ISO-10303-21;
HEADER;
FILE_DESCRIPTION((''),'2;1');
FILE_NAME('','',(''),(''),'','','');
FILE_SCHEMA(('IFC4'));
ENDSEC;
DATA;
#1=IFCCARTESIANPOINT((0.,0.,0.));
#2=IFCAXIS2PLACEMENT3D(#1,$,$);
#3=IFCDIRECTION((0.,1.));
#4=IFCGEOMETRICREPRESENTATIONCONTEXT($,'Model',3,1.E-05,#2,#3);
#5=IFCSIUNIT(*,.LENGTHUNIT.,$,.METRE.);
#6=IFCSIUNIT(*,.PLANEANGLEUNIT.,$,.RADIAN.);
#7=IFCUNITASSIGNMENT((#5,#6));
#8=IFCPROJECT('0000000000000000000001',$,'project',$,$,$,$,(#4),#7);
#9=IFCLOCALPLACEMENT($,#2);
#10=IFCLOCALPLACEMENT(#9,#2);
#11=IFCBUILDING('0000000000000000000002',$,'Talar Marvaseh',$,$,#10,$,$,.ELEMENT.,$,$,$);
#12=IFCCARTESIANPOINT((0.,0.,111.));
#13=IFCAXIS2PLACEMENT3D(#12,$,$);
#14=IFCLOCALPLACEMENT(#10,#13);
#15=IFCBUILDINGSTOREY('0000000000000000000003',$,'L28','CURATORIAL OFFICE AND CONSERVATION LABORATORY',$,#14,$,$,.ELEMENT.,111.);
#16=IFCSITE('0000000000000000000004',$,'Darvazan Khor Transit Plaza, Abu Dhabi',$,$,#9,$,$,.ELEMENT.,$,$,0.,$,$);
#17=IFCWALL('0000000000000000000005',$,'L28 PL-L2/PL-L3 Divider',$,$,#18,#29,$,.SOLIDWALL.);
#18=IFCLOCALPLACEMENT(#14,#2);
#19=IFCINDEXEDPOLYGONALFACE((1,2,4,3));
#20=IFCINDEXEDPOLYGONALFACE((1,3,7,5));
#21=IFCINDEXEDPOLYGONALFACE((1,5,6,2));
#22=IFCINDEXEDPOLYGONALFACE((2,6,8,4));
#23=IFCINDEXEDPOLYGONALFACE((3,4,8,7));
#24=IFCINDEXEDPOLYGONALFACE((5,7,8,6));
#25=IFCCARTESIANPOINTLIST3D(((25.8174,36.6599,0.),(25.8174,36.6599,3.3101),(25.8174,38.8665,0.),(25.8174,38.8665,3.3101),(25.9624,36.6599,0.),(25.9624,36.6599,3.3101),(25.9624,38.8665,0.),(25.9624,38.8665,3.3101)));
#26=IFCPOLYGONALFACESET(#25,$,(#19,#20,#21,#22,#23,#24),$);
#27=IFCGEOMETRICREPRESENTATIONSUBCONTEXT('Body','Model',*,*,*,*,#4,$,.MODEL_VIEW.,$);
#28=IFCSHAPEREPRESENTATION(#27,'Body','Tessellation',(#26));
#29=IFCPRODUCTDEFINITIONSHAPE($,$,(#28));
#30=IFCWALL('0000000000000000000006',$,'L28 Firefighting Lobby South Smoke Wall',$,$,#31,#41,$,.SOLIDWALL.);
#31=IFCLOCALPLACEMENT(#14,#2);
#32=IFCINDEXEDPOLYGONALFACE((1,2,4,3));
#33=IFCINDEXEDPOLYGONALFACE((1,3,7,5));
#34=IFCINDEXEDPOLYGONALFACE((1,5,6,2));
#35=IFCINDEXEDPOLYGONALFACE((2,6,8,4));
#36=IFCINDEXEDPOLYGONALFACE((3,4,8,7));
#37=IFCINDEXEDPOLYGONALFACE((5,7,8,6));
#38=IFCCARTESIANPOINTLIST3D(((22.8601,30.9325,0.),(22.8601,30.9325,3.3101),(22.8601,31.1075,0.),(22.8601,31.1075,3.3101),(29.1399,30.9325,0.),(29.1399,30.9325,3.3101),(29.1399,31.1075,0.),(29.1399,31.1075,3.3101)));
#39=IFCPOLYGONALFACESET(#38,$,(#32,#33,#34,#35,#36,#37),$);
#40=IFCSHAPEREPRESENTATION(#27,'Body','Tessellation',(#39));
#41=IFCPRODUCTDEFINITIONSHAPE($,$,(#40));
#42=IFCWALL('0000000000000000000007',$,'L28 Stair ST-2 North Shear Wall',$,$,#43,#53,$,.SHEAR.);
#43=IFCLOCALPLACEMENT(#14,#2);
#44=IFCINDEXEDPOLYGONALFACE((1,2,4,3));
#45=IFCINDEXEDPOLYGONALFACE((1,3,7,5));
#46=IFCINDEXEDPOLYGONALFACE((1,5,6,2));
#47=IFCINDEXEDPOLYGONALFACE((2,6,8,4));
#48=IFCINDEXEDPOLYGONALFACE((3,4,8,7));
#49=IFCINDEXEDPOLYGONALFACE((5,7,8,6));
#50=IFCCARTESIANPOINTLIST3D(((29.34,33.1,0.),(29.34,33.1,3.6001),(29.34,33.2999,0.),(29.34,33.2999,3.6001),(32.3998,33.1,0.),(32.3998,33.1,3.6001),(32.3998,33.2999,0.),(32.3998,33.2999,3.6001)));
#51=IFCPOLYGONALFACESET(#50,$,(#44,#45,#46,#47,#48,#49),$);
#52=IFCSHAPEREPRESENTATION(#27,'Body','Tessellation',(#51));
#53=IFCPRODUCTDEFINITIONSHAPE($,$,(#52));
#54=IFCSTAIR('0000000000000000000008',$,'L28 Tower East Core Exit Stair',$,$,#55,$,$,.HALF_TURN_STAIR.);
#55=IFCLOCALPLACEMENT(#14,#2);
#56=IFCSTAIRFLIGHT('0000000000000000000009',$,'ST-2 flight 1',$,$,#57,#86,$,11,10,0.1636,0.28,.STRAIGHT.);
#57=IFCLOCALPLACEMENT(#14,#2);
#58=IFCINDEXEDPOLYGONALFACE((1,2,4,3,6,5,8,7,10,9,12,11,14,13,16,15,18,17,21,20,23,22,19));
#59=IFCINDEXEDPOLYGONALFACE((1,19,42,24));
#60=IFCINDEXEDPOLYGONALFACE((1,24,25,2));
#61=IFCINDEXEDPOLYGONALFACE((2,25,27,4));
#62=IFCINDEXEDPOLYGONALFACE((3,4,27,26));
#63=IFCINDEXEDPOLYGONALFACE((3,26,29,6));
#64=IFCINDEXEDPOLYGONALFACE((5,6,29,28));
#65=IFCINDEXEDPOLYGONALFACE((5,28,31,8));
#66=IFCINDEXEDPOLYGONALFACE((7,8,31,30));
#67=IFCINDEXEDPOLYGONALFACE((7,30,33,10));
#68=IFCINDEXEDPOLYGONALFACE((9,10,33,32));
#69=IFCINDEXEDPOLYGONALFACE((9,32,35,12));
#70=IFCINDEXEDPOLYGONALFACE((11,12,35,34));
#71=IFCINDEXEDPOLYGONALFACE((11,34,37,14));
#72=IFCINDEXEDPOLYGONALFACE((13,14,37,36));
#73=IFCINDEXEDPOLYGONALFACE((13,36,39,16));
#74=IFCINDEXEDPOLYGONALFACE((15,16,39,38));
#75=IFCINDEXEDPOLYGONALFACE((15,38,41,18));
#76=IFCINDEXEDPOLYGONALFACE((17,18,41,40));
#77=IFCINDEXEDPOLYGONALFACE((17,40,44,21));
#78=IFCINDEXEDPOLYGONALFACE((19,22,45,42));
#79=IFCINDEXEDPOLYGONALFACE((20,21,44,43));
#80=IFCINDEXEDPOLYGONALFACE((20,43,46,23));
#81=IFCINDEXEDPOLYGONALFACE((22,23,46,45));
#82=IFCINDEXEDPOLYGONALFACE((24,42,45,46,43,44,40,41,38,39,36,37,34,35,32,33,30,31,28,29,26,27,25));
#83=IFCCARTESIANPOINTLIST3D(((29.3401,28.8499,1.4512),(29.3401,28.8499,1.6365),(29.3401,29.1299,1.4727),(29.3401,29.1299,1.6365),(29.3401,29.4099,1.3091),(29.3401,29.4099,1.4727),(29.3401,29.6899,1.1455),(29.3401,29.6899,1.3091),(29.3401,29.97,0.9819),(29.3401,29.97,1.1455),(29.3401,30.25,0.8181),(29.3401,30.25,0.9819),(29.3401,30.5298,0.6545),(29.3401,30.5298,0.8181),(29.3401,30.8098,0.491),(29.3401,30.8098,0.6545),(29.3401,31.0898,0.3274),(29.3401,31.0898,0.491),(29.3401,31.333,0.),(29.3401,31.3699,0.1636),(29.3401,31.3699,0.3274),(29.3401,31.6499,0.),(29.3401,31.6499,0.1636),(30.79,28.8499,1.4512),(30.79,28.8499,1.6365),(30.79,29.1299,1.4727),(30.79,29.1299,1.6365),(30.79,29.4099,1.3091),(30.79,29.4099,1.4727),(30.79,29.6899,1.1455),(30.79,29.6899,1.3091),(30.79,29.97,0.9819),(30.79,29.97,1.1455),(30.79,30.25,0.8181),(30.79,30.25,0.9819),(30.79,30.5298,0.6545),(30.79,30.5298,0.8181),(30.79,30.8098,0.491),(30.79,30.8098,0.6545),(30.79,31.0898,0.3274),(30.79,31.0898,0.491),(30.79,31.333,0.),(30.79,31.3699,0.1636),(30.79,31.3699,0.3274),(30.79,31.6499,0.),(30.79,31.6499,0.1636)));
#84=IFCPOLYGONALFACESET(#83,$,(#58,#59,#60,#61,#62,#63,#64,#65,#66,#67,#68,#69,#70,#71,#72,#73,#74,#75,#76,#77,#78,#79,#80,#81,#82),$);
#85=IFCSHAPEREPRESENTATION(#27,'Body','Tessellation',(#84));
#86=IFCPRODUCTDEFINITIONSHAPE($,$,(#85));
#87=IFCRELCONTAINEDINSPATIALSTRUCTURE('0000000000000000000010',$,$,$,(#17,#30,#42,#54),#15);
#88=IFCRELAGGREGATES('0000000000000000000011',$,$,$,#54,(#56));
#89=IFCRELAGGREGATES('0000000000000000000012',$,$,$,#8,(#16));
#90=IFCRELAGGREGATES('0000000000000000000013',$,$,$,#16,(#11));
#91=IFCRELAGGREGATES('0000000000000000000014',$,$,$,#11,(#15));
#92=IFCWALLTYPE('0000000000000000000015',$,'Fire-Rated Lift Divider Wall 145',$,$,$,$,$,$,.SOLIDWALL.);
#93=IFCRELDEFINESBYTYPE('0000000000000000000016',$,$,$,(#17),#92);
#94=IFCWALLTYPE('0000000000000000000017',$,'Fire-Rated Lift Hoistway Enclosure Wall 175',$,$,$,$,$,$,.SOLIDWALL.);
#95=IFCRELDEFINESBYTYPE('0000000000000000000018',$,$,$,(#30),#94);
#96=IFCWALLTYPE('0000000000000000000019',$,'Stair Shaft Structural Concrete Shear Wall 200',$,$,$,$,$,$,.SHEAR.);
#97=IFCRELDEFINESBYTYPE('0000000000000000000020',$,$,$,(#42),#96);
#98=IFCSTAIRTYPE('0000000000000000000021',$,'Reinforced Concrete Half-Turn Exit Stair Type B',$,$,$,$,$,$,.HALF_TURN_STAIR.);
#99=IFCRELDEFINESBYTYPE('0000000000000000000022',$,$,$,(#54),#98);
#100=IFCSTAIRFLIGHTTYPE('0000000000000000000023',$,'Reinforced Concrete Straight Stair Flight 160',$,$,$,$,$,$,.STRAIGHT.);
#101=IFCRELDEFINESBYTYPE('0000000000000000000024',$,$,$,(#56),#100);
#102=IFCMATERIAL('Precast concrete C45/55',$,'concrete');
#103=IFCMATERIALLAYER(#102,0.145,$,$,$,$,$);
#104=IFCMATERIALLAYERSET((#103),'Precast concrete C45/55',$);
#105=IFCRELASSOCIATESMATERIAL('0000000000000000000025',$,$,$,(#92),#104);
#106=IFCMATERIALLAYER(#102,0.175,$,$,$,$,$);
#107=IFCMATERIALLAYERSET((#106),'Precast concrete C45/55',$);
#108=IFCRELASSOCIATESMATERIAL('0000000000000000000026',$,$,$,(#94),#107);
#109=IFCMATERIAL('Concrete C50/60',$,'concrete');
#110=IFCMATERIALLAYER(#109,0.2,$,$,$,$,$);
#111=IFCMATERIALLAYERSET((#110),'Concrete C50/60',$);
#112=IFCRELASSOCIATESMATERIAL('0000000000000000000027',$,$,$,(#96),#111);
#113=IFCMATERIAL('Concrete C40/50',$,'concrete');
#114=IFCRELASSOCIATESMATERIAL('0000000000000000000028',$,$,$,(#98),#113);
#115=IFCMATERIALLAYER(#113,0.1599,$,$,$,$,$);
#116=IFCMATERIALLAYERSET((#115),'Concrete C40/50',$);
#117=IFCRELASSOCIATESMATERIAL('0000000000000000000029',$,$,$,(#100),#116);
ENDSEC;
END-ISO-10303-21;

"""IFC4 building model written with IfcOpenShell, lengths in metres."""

from ifc_helpers import new_model, si_unit, direction, frame, frame_2d, origin, place, context, subcontext, project, spatial, polyline, rectangle, outline, extrude, material, layer, layer_set, type_object, element, aggregate, save


model = new_model("IFC4")

# Units and contexts
model_context = context("Model", 3, precision=1e-05, world=origin(), true_north=direction((0.0, 1.0)))
body_context = subcontext(model_context, "Body", "Model", "MODEL_VIEW")
ifc_project = project(units=[si_unit("LENGTHUNIT", "METRE"), si_unit("PLANEANGLEUNIT", "RADIAN")], contexts=[model_context])

# Site, building, storey
site_placement = place(None, origin())
site = spatial("IfcSite", under=ifc_project, at=site_placement, Name="Darvazan Khor Transit Plaza, Abu Dhabi", CompositionType="ELEMENT", RefElevation=0.0)
building_placement = place(site_placement, origin())
building = spatial("IfcBuilding", under=site, at=building_placement, Name="Talar Marvaseh", CompositionType="ELEMENT")
storey_placement = place(building_placement, frame((0.0, 0.0, 111.0)))
storey = spatial("IfcBuildingStorey", under=building, at=storey_placement, Name="L28", Description="CURATORIAL OFFICE AND CONSERVATION LABORATORY", CompositionType="ELEMENT", Elevation=111.0)

# Shared definitions
ifc_material_1 = material(Name="Concrete C40/50", Category="concrete")

# Wall
ifc_material_2 = material(Name="Precast concrete C45/55", Category="concrete")
ifc_layer_1 = layer(ifc_material_2, 0.145)
ifc_layer_set_1 = layer_set([ifc_layer_1], Name="Precast concrete C45/55")
wall_type_1 = type_object("IfcWallType", Name="Fire-Rated Lift Divider Wall 145", PredefinedType="SOLIDWALL", material=ifc_layer_set_1)
for number, where, z_axis, x_axis, name in (
    (1, (25.8899, 36.6599, 0.0), (0.0, 0.0, 1.0), (0.0, 1.0, 0.0), "L28 PL-L2/PL-L3 Divider"),
):
    element("IfcWall", number, at=place(storey_placement, frame(where, z_axis=z_axis, x_axis=x_axis)), inside=storey, type_object=wall_type_1, Name=name, PredefinedType="SOLIDWALL", context=body_context, shape_type="SweptSolid", body=[
        extrude(rectangle(XDim=2.2065, YDim=0.145, at=frame_2d((1.1033, 0.0))), origin(), (0.0, 0.0, 1.0), 3.3101),
    ])

# Shared definitions
ifc_layer_2 = layer(ifc_material_2, 0.175)
ifc_layer_set_2 = layer_set([ifc_layer_2], Name="Precast concrete C45/55")
wall_type_2 = type_object("IfcWallType", Name="Fire-Rated Lift Hoistway Enclosure Wall 175", PredefinedType="SOLIDWALL", material=ifc_layer_set_2)

# Walls
wall_1_placement = place(storey_placement, frame((22.8601, 31.02, 0.0), z_axis=(0.0, 0.0, 1.0), x_axis=(1.0, 0.0, 0.0)))
element("IfcWall", 2, at=wall_1_placement, inside=storey, type_object=wall_type_2, Name="L28 Firefighting Lobby South Smoke Wall", PredefinedType="SOLIDWALL", context=body_context, shape_type="SweptSolid", body=[
    extrude(rectangle(XDim=6.2798, YDim=0.175, at=frame_2d((3.1399, 0.0))), origin(), (0.0, 0.0, 1.0), 3.3101),
])
ifc_material_3 = material(Name="Concrete C50/60", Category="concrete")
ifc_layer_3 = layer(ifc_material_3, 0.2)
ifc_layer_set_3 = layer_set([ifc_layer_3], Name="Concrete C50/60")
wall_type_3 = type_object("IfcWallType", Name="Stair Shaft Structural Concrete Shear Wall 200", PredefinedType="SHEAR", material=ifc_layer_set_3)
wall_2_placement = place(storey_placement, frame((29.3401, 33.2, 0.0), z_axis=(0.0, 0.0, 1.0), x_axis=(1.0, 0.0, 0.0)))
element("IfcWall", 3, at=wall_2_placement, inside=storey, type_object=wall_type_3, Name="L28 Stair ST-2 North Shear Wall", PredefinedType="SHEAR", context=body_context, shape_type="SweptSolid", body=[
    extrude(rectangle(XDim=3.0598, YDim=0.2, at=frame_2d((1.5298, 0.0))), origin(), (0.0, 0.0, 1.0), 3.6001),
])

# Stair, stair flight
stair_type = type_object("IfcStairType", Name="Reinforced Concrete Half-Turn Exit Stair Type B", PredefinedType="HALF_TURN_STAIR", material=ifc_material_1)
stair_placement = place(storey_placement, origin())
stair = element("IfcStair", 4, at=stair_placement, inside=storey, type_object=stair_type, Name="L28 Tower East Core Exit Stair", PredefinedType="HALF_TURN_STAIR")
ifc_layer_4 = layer(ifc_material_1, 0.1599)
ifc_layer_set_4 = layer_set([ifc_layer_4], Name="Concrete C40/50")
stair_flight_type = type_object("IfcStairFlightType", Name="Reinforced Concrete Straight Stair Flight 160", PredefinedType="STRAIGHT", material=ifc_layer_set_4)
stair_flight_placement = place(storey_placement, frame((30.0649, 31.6499, 0.0), z_axis=(0.0, 0.0, 1.0), x_axis=(0.0, -1.0, 0.0)))
stair_flight = element("IfcStairFlight", 5, at=stair_flight_placement, type_object=stair_flight_type, Name="ST-2 flight 1", NumberOfRisers=11, NumberOfTreads=10, PredefinedType="STRAIGHT", RiserHeight=0.1636, TreadLength=0.28, context=body_context, shape_type="SweptSolid", body=[
    extrude(outline(polyline([(0.0, 0.0), (0.0, 0.1636), (0.28, 0.1636), (0.28, 0.3274), (0.5601, 0.3274), (0.5601, 0.491), (0.8401, 0.491), (0.8401, 0.6545), (1.1201, 0.6545), (1.1201, 0.8181), (1.3999, 0.8181), (1.3999, 0.9819), (1.6799, 0.9819), (1.6799, 1.1455), (1.96, 1.1455), (1.96, 1.3091), (2.24, 1.3091), (2.24, 1.4727), (2.52, 1.4727), (2.52, 1.6365), (2.8, 1.6365), (2.8, 1.8), (2.8, 1.4512), (0.3169, 0.0), (0.0, 0.0)])), frame((0.0, 0.7251, 0.0), z_axis=(0.0, -1.0, 0.0), x_axis=(1.0, 0.0, 0.0)), (0.0, 0.0, 1.0), 1.45),
])
aggregate(stair, [stair_flight])

save(model, "model.ifc")
